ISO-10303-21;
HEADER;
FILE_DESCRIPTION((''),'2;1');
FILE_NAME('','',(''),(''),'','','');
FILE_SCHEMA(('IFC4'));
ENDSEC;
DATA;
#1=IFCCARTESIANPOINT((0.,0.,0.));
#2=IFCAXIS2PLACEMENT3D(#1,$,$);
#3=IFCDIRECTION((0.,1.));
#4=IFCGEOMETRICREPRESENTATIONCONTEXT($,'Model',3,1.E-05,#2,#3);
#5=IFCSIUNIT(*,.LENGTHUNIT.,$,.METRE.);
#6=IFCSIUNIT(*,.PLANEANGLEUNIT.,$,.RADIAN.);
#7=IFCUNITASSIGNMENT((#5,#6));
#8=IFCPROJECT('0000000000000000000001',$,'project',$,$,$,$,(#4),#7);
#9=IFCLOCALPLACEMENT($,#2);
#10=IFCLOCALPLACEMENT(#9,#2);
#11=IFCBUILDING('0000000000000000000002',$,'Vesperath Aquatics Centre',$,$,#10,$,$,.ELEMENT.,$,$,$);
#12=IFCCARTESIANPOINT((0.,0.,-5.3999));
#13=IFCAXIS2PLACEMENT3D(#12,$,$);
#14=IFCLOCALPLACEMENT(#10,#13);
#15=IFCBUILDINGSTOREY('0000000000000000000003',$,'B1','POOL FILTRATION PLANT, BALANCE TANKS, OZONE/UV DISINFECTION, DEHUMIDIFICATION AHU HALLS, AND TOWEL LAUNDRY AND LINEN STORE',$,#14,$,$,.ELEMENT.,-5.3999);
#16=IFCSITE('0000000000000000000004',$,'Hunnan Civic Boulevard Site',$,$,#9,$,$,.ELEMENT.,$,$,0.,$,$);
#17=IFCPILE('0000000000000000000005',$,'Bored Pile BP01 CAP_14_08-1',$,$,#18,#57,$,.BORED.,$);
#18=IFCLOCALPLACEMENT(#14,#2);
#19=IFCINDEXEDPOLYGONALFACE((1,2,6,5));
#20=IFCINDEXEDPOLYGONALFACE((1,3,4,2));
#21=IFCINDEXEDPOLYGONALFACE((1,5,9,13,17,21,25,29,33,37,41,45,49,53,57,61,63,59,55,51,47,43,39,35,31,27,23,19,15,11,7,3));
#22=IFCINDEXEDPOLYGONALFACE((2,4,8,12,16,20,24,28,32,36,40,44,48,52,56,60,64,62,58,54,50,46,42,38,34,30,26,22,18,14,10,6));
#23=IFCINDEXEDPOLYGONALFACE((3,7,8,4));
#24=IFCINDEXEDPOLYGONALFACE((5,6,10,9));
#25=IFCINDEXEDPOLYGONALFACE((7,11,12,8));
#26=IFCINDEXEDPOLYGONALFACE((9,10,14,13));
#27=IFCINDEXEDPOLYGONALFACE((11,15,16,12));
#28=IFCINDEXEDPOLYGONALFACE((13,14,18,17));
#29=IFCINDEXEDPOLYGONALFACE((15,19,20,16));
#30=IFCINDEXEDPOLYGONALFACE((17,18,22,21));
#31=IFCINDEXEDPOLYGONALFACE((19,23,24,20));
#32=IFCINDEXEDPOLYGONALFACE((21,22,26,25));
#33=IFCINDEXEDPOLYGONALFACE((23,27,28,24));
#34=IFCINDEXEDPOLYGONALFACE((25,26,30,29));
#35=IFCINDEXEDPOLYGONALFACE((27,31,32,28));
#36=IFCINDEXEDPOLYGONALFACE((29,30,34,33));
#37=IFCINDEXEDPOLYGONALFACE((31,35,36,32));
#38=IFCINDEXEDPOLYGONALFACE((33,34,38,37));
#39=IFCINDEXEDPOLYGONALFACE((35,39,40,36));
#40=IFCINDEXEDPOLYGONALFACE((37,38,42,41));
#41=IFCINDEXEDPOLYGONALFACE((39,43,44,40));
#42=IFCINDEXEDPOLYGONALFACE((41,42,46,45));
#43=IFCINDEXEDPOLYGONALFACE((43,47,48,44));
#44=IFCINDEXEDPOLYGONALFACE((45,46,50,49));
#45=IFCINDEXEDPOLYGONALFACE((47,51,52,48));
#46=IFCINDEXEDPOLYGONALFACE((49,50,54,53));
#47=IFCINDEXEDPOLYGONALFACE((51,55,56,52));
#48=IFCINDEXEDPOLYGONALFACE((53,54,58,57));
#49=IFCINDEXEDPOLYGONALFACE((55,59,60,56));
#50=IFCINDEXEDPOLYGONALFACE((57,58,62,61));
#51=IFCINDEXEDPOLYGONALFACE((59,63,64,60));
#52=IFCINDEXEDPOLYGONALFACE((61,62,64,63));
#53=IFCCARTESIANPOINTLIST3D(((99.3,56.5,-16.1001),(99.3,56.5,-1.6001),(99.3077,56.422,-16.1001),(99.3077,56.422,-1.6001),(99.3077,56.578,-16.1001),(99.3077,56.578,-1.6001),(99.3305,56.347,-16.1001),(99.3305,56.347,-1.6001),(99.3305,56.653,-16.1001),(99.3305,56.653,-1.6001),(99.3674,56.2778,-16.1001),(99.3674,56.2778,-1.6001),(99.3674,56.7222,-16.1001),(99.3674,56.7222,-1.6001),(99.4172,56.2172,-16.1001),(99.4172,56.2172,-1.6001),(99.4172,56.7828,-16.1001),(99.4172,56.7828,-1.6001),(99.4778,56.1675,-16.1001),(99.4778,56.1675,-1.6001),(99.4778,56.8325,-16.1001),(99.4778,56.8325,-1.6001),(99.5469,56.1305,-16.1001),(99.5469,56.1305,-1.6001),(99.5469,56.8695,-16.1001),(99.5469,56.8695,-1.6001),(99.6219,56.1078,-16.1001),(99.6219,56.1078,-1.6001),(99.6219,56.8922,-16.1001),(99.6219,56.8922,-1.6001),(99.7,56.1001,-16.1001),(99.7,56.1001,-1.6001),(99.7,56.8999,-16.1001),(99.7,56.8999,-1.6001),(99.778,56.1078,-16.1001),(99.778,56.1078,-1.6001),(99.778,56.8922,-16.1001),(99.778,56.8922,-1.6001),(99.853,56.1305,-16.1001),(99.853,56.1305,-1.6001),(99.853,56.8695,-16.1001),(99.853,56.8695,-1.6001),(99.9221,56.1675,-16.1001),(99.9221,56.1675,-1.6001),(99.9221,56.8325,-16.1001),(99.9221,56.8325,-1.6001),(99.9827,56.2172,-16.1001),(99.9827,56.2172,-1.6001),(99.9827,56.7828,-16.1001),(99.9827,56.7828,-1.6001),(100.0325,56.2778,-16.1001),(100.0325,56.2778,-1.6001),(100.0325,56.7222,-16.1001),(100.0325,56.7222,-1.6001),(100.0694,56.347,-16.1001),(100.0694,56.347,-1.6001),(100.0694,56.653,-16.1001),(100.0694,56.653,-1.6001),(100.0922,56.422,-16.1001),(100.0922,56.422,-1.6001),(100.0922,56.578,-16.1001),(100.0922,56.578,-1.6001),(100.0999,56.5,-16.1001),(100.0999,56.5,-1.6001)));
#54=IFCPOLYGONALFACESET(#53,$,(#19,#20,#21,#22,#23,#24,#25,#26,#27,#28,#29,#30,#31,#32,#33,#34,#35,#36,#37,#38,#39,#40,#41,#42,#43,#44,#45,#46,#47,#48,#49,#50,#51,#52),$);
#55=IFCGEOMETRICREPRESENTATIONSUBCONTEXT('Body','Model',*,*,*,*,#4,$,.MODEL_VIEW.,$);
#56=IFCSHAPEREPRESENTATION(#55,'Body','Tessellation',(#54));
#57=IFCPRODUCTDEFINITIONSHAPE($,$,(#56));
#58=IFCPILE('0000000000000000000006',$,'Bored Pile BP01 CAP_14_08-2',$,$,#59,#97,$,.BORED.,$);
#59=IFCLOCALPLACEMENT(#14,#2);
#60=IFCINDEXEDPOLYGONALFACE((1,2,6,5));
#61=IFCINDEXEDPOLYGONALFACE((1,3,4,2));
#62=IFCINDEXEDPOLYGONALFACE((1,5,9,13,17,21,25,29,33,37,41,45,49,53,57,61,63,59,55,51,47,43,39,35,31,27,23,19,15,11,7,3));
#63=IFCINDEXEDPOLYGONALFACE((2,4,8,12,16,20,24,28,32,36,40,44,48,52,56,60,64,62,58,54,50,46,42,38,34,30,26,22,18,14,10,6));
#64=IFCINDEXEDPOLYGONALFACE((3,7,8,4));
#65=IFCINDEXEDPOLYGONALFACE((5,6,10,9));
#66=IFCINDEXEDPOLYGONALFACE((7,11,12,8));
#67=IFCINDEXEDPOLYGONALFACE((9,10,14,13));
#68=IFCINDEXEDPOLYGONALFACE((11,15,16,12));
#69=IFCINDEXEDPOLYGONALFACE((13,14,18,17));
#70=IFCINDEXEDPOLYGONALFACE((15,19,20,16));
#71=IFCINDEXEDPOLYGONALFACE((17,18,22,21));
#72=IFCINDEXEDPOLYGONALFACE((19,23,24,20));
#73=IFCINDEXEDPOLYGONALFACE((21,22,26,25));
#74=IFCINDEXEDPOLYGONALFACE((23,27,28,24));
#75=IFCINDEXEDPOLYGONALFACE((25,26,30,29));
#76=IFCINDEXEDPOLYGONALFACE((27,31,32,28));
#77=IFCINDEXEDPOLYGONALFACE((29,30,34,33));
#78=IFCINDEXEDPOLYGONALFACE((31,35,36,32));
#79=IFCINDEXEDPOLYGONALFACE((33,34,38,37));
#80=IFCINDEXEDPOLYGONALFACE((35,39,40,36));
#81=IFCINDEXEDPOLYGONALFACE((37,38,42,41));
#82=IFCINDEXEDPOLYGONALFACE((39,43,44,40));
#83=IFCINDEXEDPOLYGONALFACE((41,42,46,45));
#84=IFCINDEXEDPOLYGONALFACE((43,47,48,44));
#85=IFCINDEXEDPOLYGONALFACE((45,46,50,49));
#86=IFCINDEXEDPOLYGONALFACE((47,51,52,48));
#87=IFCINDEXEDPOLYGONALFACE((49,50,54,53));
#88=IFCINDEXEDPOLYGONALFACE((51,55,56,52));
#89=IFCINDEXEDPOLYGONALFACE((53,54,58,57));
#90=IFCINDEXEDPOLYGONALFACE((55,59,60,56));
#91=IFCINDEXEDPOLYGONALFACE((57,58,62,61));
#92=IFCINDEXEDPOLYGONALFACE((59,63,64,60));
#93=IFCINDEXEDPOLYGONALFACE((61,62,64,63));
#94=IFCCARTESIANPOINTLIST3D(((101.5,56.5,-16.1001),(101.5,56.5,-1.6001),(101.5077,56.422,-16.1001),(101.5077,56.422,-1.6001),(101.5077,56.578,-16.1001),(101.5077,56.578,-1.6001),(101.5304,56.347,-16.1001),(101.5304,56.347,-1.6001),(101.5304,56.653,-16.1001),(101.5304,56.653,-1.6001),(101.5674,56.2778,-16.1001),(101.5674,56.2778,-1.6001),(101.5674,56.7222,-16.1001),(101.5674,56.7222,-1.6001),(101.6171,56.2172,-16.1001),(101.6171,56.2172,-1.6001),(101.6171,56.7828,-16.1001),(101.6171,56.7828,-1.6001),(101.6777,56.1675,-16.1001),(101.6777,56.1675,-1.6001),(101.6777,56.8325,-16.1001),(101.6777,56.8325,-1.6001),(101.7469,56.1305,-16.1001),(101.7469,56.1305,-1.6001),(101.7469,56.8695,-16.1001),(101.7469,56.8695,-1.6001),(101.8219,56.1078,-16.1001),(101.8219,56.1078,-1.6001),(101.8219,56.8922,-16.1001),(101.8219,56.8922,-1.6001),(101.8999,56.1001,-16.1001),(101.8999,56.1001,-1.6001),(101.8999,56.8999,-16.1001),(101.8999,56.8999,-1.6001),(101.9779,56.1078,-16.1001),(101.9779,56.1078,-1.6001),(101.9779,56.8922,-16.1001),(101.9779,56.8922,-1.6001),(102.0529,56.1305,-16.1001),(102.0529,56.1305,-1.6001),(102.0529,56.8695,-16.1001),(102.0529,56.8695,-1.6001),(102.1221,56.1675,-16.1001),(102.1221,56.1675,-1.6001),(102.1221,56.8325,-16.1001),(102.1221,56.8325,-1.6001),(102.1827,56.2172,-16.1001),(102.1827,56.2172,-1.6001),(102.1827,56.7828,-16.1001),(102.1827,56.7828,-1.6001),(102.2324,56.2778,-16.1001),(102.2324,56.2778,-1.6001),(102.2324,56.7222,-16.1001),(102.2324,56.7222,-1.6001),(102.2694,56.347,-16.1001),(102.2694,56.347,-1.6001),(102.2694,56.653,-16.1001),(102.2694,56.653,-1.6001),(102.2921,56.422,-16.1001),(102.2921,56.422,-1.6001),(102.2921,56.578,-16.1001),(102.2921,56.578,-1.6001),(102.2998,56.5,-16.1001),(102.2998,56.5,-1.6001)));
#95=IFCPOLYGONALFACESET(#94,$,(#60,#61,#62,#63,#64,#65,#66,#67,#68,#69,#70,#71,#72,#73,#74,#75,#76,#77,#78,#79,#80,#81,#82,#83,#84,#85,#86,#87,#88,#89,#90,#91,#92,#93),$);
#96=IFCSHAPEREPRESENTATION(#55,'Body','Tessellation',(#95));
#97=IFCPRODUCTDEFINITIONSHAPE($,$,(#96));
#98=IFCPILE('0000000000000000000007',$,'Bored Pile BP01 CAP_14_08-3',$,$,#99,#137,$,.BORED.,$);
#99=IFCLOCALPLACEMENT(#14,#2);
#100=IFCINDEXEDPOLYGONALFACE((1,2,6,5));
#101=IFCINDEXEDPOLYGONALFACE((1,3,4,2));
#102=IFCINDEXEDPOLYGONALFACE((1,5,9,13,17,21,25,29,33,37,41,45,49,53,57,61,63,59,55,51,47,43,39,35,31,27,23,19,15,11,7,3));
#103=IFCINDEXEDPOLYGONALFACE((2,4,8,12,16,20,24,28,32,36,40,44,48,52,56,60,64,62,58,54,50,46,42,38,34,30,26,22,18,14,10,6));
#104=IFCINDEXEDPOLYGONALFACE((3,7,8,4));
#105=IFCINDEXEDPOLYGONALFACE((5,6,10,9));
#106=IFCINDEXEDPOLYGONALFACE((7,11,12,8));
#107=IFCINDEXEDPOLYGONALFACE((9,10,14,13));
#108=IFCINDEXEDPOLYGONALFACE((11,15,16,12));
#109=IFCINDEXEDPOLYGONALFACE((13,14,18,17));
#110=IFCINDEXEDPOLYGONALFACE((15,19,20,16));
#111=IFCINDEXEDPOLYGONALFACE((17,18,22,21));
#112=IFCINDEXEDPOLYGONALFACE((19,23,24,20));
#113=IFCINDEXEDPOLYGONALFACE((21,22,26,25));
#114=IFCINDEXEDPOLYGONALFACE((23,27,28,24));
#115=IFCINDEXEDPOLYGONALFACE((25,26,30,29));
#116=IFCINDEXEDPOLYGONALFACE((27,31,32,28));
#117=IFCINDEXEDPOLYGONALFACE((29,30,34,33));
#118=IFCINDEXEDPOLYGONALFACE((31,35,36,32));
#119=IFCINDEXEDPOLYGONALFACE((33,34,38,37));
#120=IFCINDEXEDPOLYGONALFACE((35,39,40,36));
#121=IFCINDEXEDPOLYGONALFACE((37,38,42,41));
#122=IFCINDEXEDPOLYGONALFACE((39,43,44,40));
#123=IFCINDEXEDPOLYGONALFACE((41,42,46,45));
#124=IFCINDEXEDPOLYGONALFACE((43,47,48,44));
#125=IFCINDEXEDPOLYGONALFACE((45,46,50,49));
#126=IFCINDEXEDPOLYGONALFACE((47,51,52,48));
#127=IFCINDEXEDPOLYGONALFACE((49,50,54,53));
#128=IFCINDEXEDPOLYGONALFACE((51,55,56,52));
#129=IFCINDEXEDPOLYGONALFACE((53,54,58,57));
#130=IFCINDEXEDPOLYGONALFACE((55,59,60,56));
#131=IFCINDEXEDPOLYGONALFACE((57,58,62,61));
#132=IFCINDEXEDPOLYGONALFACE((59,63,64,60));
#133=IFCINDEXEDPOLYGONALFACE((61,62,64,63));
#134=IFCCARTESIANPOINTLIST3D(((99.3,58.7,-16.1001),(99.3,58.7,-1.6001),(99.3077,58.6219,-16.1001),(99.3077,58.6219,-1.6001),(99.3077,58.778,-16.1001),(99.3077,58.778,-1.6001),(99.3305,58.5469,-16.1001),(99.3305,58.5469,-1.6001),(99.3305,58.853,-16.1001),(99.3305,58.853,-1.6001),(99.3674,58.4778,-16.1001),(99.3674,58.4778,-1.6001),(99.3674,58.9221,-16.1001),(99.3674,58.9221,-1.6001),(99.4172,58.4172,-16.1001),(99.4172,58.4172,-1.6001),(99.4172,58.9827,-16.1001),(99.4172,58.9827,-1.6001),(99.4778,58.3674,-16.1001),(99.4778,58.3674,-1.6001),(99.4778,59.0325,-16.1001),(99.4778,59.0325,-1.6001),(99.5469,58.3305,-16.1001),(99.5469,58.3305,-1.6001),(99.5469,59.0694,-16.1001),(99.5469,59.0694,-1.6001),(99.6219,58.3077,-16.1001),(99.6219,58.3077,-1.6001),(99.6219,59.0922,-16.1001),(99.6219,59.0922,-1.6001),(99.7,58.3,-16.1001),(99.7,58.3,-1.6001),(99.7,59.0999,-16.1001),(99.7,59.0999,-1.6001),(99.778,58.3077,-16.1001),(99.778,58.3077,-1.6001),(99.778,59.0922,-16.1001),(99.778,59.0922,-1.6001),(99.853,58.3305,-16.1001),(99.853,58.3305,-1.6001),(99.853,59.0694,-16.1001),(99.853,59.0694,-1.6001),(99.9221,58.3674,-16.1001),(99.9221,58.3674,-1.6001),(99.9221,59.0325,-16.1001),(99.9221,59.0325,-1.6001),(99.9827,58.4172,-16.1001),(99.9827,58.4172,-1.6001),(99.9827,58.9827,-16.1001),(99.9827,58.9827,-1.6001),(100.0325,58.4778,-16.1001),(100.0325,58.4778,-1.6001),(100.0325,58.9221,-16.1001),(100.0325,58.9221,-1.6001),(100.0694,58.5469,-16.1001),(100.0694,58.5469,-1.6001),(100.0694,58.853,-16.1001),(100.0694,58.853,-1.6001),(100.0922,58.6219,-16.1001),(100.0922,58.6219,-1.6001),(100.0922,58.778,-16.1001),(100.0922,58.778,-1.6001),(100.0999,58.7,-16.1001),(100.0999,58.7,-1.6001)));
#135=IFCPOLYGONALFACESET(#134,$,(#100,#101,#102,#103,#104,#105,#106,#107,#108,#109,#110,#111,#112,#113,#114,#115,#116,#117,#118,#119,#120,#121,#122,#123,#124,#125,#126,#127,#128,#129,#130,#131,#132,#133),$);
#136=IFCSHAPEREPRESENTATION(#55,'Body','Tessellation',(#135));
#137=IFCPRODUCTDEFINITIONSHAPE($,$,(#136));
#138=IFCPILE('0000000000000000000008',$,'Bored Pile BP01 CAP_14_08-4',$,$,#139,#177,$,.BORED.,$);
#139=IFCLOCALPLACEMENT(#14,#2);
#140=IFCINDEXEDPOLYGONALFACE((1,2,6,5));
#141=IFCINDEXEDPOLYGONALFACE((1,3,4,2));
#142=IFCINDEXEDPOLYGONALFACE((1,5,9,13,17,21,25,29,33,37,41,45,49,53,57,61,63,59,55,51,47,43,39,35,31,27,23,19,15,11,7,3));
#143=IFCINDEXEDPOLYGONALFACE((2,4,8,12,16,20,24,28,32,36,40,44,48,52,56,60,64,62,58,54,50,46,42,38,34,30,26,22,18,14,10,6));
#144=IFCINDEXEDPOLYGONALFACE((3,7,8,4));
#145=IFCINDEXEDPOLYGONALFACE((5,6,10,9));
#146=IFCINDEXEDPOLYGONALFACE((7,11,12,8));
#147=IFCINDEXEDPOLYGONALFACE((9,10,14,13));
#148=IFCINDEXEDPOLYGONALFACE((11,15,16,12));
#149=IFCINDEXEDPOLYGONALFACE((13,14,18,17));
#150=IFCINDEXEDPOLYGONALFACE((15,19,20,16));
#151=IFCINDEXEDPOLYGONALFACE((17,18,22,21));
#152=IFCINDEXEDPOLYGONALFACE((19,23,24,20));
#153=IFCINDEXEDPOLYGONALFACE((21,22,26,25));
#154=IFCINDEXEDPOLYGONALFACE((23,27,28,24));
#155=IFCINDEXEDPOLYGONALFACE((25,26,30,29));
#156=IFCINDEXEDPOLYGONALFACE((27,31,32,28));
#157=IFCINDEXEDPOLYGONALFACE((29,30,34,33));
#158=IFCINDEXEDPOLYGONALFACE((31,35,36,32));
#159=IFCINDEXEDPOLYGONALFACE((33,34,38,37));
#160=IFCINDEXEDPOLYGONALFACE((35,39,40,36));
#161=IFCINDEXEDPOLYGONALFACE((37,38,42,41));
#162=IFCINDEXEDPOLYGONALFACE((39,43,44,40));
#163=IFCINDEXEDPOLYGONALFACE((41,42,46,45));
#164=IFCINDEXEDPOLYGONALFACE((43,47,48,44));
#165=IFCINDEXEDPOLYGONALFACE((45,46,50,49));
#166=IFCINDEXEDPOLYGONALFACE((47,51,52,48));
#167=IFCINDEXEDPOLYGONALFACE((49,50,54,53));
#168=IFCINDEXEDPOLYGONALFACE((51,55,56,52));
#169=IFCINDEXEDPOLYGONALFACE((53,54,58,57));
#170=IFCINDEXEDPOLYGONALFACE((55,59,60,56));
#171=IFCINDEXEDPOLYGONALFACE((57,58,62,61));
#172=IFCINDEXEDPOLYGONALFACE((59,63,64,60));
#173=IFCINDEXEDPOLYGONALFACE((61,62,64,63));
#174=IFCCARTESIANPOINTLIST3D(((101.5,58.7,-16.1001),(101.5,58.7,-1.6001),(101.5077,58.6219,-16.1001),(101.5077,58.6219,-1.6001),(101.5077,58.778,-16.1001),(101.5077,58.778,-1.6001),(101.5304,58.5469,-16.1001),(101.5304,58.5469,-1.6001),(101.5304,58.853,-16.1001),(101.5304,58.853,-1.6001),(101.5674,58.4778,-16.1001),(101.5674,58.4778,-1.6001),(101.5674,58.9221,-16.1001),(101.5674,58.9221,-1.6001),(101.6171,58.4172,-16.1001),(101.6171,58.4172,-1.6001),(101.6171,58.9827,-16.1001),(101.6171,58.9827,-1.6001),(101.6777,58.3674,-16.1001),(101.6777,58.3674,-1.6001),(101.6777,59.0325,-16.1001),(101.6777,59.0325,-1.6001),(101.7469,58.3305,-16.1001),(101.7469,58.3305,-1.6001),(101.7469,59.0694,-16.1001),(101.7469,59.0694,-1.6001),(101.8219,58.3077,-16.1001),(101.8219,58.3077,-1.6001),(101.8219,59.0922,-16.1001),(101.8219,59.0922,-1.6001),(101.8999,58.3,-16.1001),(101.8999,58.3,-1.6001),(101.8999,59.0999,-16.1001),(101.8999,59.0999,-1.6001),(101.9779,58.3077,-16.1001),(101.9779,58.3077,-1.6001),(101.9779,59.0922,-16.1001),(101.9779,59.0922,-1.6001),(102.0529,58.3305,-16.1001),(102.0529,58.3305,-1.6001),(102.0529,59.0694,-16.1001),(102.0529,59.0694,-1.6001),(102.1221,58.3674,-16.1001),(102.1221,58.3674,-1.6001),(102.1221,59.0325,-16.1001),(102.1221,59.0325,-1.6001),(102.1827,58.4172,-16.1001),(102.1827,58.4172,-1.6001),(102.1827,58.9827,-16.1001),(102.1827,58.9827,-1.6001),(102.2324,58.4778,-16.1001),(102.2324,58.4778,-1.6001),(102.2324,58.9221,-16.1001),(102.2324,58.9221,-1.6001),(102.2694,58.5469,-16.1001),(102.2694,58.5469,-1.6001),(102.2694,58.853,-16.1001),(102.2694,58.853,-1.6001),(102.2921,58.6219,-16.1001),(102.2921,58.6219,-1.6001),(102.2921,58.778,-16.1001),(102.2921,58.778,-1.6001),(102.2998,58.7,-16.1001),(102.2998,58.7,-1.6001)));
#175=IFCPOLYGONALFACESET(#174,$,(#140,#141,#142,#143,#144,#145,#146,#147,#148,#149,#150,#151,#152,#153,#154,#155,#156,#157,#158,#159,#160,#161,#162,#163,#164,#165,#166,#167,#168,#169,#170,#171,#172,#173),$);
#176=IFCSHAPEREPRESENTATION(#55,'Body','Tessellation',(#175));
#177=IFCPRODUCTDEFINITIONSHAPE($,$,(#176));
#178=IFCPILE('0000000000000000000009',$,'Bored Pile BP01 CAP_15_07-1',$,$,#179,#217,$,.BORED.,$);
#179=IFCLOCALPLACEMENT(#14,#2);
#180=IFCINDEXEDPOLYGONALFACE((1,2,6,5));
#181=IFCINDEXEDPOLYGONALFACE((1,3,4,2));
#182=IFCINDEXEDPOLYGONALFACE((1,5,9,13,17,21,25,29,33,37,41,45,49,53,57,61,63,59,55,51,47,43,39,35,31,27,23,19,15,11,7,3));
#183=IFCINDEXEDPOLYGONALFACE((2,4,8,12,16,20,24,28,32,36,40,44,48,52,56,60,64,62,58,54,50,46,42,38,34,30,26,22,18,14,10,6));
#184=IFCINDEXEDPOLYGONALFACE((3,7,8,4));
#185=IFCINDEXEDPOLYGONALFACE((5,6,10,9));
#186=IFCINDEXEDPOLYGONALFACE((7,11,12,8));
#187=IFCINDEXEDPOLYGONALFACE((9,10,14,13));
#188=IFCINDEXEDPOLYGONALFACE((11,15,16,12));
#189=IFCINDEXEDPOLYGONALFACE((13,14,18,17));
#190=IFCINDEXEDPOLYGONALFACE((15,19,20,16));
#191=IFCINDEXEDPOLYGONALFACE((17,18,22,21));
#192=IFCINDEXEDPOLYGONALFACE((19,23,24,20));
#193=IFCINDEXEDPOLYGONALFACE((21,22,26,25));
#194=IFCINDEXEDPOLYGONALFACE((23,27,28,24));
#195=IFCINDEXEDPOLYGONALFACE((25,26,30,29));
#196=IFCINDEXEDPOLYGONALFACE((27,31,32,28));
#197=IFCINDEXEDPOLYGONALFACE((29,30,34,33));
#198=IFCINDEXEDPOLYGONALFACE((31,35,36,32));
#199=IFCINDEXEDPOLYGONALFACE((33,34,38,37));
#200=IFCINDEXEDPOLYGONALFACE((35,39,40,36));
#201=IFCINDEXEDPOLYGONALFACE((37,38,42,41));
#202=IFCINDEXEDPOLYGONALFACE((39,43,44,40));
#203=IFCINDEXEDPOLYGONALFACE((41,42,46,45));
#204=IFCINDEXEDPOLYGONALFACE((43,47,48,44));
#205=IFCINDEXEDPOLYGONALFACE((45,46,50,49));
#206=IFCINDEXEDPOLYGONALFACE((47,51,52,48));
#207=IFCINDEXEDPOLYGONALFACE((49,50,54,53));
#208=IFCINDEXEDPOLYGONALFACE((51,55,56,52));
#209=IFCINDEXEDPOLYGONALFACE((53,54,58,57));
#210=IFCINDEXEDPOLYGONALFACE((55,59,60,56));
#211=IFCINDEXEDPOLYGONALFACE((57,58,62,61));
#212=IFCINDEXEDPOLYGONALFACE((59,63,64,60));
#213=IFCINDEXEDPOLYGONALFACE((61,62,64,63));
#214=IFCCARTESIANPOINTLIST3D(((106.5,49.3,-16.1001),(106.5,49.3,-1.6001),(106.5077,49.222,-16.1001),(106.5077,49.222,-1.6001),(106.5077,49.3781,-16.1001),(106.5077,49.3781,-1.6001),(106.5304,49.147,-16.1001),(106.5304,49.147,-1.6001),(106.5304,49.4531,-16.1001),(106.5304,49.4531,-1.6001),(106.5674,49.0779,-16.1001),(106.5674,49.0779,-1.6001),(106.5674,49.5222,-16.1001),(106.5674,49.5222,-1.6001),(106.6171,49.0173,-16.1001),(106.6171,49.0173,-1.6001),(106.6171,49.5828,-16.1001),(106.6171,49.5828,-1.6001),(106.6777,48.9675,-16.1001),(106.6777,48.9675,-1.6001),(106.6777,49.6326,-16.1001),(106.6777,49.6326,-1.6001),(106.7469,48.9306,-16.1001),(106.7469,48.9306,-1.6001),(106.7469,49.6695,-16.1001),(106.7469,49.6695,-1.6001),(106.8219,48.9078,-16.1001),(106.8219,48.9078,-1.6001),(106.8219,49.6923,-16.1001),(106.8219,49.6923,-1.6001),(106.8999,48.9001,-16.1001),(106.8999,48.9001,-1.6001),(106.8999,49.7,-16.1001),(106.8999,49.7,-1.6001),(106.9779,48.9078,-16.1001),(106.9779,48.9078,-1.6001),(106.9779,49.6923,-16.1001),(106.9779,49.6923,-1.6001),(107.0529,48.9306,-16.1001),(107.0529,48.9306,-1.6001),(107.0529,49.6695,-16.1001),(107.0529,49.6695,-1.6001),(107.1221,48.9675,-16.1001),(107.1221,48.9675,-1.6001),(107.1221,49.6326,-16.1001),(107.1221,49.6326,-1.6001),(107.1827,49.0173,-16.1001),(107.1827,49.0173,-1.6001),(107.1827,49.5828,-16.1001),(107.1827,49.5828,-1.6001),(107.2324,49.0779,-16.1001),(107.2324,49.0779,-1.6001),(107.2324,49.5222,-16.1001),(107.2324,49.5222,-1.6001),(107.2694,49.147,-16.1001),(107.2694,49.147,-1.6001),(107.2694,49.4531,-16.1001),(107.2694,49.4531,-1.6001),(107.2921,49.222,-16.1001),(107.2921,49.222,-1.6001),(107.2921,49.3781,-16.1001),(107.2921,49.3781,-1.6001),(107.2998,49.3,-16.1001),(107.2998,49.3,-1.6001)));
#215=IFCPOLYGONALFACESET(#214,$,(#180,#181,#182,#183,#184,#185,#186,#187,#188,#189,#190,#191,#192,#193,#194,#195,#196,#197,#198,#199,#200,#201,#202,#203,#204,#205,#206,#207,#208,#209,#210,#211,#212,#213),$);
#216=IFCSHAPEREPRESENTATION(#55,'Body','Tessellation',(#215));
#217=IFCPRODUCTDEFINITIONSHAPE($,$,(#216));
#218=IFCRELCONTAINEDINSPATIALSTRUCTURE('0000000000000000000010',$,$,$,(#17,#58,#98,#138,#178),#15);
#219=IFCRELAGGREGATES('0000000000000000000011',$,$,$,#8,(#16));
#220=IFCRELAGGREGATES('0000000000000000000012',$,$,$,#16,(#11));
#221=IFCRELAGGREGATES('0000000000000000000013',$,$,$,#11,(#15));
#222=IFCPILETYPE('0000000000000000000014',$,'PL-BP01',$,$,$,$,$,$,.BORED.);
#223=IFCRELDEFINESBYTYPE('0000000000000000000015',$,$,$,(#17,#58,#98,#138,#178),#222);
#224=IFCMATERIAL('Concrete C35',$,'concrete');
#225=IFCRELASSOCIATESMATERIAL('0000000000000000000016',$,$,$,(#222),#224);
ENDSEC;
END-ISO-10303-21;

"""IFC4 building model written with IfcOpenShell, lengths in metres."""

from ifc_helpers import new_model, si_unit, direction, frame, origin, origin_2d, place, context, subcontext, project, spatial, circle, extrude, material, material_profile, profile_set, type_object, element, save


model = new_model("IFC4")

# Units and contexts
model_context = context("Model", 3, precision=1e-05, world=origin(), true_north=direction((0.0, 1.0)))
body_context = subcontext(model_context, "Body", "Model", "MODEL_VIEW")
ifc_project = project(units=[si_unit("LENGTHUNIT", "METRE"), si_unit("PLANEANGLEUNIT", "RADIAN")], contexts=[model_context])

# Site, building, storey
site_placement = place(None, origin())
site = spatial("IfcSite", under=ifc_project, at=site_placement, Name="Hunnan Civic Boulevard Site", CompositionType="ELEMENT", RefElevation=0.0)
building_placement = place(site_placement, origin())
building = spatial("IfcBuilding", under=site, at=building_placement, Name="Vesperath Aquatics Centre", CompositionType="ELEMENT")
storey_placement = place(building_placement, frame((0.0, 0.0, -5.3999)))
storey = spatial("IfcBuildingStorey", under=building, at=storey_placement, Name="B1", Description="POOL FILTRATION PLANT, BALANCE TANKS, OZONE/UV DISINFECTION, DEHUMIDIFICATION AHU HALLS, AND TOWEL LAUNDRY AND LINEN STORE", CompositionType="ELEMENT", Elevation=-5.3999)

# Piles
ifc_material_1 = material(Name="Concrete C35", Category="concrete")
ifc_material_profile_1 = material_profile(ifc_material_1, circle(Radius=0.3999, at=origin_2d()), Name="PILE D800")
ifc_profile_set_1 = profile_set([ifc_material_profile_1], Name="Concrete C35")
pile_type = type_object("IfcPileType", Name="PL-BP01", PredefinedType="BORED", material=ifc_profile_set_1)
for number, where, z_axis, x_axis, name in (
    (1, (99.7, 56.5, -1.6001), (0.0, 0.0, -1.0), (1.0, 0.0, 0.0), "Bored Pile BP01 CAP_14_08-1"),
    (2, (101.8999, 56.5, -1.6001), (0.0, 0.0, -1.0), (1.0, 0.0, 0.0), "Bored Pile BP01 CAP_14_08-2"),
    (3, (99.7, 58.7, -1.6001), (0.0, 0.0, -1.0), (1.0, 0.0, 0.0), "Bored Pile BP01 CAP_14_08-3"),
    (4, (101.8999, 58.7, -1.6001), (0.0, 0.0, -1.0), (1.0, 0.0, 0.0), "Bored Pile BP01 CAP_14_08-4"),
    (5, (106.8999, 49.3, -1.6001), (0.0, 0.0, -1.0), (1.0, 0.0, 0.0), "Bored Pile BP01 CAP_15_07-1"),
):
    element("IfcPile", number, at=place(storey_placement, frame(where, z_axis=z_axis, x_axis=x_axis)), inside=storey, type_object=pile_type, Name=name, PredefinedType="BORED", context=body_context, shape_type="SweptSolid", body=[
        extrude(circle(Radius=0.3999, at=origin_2d()), origin(), (0.0, 0.0, 1.0), 14.5),
    ])

save(model, "model.ifc")
